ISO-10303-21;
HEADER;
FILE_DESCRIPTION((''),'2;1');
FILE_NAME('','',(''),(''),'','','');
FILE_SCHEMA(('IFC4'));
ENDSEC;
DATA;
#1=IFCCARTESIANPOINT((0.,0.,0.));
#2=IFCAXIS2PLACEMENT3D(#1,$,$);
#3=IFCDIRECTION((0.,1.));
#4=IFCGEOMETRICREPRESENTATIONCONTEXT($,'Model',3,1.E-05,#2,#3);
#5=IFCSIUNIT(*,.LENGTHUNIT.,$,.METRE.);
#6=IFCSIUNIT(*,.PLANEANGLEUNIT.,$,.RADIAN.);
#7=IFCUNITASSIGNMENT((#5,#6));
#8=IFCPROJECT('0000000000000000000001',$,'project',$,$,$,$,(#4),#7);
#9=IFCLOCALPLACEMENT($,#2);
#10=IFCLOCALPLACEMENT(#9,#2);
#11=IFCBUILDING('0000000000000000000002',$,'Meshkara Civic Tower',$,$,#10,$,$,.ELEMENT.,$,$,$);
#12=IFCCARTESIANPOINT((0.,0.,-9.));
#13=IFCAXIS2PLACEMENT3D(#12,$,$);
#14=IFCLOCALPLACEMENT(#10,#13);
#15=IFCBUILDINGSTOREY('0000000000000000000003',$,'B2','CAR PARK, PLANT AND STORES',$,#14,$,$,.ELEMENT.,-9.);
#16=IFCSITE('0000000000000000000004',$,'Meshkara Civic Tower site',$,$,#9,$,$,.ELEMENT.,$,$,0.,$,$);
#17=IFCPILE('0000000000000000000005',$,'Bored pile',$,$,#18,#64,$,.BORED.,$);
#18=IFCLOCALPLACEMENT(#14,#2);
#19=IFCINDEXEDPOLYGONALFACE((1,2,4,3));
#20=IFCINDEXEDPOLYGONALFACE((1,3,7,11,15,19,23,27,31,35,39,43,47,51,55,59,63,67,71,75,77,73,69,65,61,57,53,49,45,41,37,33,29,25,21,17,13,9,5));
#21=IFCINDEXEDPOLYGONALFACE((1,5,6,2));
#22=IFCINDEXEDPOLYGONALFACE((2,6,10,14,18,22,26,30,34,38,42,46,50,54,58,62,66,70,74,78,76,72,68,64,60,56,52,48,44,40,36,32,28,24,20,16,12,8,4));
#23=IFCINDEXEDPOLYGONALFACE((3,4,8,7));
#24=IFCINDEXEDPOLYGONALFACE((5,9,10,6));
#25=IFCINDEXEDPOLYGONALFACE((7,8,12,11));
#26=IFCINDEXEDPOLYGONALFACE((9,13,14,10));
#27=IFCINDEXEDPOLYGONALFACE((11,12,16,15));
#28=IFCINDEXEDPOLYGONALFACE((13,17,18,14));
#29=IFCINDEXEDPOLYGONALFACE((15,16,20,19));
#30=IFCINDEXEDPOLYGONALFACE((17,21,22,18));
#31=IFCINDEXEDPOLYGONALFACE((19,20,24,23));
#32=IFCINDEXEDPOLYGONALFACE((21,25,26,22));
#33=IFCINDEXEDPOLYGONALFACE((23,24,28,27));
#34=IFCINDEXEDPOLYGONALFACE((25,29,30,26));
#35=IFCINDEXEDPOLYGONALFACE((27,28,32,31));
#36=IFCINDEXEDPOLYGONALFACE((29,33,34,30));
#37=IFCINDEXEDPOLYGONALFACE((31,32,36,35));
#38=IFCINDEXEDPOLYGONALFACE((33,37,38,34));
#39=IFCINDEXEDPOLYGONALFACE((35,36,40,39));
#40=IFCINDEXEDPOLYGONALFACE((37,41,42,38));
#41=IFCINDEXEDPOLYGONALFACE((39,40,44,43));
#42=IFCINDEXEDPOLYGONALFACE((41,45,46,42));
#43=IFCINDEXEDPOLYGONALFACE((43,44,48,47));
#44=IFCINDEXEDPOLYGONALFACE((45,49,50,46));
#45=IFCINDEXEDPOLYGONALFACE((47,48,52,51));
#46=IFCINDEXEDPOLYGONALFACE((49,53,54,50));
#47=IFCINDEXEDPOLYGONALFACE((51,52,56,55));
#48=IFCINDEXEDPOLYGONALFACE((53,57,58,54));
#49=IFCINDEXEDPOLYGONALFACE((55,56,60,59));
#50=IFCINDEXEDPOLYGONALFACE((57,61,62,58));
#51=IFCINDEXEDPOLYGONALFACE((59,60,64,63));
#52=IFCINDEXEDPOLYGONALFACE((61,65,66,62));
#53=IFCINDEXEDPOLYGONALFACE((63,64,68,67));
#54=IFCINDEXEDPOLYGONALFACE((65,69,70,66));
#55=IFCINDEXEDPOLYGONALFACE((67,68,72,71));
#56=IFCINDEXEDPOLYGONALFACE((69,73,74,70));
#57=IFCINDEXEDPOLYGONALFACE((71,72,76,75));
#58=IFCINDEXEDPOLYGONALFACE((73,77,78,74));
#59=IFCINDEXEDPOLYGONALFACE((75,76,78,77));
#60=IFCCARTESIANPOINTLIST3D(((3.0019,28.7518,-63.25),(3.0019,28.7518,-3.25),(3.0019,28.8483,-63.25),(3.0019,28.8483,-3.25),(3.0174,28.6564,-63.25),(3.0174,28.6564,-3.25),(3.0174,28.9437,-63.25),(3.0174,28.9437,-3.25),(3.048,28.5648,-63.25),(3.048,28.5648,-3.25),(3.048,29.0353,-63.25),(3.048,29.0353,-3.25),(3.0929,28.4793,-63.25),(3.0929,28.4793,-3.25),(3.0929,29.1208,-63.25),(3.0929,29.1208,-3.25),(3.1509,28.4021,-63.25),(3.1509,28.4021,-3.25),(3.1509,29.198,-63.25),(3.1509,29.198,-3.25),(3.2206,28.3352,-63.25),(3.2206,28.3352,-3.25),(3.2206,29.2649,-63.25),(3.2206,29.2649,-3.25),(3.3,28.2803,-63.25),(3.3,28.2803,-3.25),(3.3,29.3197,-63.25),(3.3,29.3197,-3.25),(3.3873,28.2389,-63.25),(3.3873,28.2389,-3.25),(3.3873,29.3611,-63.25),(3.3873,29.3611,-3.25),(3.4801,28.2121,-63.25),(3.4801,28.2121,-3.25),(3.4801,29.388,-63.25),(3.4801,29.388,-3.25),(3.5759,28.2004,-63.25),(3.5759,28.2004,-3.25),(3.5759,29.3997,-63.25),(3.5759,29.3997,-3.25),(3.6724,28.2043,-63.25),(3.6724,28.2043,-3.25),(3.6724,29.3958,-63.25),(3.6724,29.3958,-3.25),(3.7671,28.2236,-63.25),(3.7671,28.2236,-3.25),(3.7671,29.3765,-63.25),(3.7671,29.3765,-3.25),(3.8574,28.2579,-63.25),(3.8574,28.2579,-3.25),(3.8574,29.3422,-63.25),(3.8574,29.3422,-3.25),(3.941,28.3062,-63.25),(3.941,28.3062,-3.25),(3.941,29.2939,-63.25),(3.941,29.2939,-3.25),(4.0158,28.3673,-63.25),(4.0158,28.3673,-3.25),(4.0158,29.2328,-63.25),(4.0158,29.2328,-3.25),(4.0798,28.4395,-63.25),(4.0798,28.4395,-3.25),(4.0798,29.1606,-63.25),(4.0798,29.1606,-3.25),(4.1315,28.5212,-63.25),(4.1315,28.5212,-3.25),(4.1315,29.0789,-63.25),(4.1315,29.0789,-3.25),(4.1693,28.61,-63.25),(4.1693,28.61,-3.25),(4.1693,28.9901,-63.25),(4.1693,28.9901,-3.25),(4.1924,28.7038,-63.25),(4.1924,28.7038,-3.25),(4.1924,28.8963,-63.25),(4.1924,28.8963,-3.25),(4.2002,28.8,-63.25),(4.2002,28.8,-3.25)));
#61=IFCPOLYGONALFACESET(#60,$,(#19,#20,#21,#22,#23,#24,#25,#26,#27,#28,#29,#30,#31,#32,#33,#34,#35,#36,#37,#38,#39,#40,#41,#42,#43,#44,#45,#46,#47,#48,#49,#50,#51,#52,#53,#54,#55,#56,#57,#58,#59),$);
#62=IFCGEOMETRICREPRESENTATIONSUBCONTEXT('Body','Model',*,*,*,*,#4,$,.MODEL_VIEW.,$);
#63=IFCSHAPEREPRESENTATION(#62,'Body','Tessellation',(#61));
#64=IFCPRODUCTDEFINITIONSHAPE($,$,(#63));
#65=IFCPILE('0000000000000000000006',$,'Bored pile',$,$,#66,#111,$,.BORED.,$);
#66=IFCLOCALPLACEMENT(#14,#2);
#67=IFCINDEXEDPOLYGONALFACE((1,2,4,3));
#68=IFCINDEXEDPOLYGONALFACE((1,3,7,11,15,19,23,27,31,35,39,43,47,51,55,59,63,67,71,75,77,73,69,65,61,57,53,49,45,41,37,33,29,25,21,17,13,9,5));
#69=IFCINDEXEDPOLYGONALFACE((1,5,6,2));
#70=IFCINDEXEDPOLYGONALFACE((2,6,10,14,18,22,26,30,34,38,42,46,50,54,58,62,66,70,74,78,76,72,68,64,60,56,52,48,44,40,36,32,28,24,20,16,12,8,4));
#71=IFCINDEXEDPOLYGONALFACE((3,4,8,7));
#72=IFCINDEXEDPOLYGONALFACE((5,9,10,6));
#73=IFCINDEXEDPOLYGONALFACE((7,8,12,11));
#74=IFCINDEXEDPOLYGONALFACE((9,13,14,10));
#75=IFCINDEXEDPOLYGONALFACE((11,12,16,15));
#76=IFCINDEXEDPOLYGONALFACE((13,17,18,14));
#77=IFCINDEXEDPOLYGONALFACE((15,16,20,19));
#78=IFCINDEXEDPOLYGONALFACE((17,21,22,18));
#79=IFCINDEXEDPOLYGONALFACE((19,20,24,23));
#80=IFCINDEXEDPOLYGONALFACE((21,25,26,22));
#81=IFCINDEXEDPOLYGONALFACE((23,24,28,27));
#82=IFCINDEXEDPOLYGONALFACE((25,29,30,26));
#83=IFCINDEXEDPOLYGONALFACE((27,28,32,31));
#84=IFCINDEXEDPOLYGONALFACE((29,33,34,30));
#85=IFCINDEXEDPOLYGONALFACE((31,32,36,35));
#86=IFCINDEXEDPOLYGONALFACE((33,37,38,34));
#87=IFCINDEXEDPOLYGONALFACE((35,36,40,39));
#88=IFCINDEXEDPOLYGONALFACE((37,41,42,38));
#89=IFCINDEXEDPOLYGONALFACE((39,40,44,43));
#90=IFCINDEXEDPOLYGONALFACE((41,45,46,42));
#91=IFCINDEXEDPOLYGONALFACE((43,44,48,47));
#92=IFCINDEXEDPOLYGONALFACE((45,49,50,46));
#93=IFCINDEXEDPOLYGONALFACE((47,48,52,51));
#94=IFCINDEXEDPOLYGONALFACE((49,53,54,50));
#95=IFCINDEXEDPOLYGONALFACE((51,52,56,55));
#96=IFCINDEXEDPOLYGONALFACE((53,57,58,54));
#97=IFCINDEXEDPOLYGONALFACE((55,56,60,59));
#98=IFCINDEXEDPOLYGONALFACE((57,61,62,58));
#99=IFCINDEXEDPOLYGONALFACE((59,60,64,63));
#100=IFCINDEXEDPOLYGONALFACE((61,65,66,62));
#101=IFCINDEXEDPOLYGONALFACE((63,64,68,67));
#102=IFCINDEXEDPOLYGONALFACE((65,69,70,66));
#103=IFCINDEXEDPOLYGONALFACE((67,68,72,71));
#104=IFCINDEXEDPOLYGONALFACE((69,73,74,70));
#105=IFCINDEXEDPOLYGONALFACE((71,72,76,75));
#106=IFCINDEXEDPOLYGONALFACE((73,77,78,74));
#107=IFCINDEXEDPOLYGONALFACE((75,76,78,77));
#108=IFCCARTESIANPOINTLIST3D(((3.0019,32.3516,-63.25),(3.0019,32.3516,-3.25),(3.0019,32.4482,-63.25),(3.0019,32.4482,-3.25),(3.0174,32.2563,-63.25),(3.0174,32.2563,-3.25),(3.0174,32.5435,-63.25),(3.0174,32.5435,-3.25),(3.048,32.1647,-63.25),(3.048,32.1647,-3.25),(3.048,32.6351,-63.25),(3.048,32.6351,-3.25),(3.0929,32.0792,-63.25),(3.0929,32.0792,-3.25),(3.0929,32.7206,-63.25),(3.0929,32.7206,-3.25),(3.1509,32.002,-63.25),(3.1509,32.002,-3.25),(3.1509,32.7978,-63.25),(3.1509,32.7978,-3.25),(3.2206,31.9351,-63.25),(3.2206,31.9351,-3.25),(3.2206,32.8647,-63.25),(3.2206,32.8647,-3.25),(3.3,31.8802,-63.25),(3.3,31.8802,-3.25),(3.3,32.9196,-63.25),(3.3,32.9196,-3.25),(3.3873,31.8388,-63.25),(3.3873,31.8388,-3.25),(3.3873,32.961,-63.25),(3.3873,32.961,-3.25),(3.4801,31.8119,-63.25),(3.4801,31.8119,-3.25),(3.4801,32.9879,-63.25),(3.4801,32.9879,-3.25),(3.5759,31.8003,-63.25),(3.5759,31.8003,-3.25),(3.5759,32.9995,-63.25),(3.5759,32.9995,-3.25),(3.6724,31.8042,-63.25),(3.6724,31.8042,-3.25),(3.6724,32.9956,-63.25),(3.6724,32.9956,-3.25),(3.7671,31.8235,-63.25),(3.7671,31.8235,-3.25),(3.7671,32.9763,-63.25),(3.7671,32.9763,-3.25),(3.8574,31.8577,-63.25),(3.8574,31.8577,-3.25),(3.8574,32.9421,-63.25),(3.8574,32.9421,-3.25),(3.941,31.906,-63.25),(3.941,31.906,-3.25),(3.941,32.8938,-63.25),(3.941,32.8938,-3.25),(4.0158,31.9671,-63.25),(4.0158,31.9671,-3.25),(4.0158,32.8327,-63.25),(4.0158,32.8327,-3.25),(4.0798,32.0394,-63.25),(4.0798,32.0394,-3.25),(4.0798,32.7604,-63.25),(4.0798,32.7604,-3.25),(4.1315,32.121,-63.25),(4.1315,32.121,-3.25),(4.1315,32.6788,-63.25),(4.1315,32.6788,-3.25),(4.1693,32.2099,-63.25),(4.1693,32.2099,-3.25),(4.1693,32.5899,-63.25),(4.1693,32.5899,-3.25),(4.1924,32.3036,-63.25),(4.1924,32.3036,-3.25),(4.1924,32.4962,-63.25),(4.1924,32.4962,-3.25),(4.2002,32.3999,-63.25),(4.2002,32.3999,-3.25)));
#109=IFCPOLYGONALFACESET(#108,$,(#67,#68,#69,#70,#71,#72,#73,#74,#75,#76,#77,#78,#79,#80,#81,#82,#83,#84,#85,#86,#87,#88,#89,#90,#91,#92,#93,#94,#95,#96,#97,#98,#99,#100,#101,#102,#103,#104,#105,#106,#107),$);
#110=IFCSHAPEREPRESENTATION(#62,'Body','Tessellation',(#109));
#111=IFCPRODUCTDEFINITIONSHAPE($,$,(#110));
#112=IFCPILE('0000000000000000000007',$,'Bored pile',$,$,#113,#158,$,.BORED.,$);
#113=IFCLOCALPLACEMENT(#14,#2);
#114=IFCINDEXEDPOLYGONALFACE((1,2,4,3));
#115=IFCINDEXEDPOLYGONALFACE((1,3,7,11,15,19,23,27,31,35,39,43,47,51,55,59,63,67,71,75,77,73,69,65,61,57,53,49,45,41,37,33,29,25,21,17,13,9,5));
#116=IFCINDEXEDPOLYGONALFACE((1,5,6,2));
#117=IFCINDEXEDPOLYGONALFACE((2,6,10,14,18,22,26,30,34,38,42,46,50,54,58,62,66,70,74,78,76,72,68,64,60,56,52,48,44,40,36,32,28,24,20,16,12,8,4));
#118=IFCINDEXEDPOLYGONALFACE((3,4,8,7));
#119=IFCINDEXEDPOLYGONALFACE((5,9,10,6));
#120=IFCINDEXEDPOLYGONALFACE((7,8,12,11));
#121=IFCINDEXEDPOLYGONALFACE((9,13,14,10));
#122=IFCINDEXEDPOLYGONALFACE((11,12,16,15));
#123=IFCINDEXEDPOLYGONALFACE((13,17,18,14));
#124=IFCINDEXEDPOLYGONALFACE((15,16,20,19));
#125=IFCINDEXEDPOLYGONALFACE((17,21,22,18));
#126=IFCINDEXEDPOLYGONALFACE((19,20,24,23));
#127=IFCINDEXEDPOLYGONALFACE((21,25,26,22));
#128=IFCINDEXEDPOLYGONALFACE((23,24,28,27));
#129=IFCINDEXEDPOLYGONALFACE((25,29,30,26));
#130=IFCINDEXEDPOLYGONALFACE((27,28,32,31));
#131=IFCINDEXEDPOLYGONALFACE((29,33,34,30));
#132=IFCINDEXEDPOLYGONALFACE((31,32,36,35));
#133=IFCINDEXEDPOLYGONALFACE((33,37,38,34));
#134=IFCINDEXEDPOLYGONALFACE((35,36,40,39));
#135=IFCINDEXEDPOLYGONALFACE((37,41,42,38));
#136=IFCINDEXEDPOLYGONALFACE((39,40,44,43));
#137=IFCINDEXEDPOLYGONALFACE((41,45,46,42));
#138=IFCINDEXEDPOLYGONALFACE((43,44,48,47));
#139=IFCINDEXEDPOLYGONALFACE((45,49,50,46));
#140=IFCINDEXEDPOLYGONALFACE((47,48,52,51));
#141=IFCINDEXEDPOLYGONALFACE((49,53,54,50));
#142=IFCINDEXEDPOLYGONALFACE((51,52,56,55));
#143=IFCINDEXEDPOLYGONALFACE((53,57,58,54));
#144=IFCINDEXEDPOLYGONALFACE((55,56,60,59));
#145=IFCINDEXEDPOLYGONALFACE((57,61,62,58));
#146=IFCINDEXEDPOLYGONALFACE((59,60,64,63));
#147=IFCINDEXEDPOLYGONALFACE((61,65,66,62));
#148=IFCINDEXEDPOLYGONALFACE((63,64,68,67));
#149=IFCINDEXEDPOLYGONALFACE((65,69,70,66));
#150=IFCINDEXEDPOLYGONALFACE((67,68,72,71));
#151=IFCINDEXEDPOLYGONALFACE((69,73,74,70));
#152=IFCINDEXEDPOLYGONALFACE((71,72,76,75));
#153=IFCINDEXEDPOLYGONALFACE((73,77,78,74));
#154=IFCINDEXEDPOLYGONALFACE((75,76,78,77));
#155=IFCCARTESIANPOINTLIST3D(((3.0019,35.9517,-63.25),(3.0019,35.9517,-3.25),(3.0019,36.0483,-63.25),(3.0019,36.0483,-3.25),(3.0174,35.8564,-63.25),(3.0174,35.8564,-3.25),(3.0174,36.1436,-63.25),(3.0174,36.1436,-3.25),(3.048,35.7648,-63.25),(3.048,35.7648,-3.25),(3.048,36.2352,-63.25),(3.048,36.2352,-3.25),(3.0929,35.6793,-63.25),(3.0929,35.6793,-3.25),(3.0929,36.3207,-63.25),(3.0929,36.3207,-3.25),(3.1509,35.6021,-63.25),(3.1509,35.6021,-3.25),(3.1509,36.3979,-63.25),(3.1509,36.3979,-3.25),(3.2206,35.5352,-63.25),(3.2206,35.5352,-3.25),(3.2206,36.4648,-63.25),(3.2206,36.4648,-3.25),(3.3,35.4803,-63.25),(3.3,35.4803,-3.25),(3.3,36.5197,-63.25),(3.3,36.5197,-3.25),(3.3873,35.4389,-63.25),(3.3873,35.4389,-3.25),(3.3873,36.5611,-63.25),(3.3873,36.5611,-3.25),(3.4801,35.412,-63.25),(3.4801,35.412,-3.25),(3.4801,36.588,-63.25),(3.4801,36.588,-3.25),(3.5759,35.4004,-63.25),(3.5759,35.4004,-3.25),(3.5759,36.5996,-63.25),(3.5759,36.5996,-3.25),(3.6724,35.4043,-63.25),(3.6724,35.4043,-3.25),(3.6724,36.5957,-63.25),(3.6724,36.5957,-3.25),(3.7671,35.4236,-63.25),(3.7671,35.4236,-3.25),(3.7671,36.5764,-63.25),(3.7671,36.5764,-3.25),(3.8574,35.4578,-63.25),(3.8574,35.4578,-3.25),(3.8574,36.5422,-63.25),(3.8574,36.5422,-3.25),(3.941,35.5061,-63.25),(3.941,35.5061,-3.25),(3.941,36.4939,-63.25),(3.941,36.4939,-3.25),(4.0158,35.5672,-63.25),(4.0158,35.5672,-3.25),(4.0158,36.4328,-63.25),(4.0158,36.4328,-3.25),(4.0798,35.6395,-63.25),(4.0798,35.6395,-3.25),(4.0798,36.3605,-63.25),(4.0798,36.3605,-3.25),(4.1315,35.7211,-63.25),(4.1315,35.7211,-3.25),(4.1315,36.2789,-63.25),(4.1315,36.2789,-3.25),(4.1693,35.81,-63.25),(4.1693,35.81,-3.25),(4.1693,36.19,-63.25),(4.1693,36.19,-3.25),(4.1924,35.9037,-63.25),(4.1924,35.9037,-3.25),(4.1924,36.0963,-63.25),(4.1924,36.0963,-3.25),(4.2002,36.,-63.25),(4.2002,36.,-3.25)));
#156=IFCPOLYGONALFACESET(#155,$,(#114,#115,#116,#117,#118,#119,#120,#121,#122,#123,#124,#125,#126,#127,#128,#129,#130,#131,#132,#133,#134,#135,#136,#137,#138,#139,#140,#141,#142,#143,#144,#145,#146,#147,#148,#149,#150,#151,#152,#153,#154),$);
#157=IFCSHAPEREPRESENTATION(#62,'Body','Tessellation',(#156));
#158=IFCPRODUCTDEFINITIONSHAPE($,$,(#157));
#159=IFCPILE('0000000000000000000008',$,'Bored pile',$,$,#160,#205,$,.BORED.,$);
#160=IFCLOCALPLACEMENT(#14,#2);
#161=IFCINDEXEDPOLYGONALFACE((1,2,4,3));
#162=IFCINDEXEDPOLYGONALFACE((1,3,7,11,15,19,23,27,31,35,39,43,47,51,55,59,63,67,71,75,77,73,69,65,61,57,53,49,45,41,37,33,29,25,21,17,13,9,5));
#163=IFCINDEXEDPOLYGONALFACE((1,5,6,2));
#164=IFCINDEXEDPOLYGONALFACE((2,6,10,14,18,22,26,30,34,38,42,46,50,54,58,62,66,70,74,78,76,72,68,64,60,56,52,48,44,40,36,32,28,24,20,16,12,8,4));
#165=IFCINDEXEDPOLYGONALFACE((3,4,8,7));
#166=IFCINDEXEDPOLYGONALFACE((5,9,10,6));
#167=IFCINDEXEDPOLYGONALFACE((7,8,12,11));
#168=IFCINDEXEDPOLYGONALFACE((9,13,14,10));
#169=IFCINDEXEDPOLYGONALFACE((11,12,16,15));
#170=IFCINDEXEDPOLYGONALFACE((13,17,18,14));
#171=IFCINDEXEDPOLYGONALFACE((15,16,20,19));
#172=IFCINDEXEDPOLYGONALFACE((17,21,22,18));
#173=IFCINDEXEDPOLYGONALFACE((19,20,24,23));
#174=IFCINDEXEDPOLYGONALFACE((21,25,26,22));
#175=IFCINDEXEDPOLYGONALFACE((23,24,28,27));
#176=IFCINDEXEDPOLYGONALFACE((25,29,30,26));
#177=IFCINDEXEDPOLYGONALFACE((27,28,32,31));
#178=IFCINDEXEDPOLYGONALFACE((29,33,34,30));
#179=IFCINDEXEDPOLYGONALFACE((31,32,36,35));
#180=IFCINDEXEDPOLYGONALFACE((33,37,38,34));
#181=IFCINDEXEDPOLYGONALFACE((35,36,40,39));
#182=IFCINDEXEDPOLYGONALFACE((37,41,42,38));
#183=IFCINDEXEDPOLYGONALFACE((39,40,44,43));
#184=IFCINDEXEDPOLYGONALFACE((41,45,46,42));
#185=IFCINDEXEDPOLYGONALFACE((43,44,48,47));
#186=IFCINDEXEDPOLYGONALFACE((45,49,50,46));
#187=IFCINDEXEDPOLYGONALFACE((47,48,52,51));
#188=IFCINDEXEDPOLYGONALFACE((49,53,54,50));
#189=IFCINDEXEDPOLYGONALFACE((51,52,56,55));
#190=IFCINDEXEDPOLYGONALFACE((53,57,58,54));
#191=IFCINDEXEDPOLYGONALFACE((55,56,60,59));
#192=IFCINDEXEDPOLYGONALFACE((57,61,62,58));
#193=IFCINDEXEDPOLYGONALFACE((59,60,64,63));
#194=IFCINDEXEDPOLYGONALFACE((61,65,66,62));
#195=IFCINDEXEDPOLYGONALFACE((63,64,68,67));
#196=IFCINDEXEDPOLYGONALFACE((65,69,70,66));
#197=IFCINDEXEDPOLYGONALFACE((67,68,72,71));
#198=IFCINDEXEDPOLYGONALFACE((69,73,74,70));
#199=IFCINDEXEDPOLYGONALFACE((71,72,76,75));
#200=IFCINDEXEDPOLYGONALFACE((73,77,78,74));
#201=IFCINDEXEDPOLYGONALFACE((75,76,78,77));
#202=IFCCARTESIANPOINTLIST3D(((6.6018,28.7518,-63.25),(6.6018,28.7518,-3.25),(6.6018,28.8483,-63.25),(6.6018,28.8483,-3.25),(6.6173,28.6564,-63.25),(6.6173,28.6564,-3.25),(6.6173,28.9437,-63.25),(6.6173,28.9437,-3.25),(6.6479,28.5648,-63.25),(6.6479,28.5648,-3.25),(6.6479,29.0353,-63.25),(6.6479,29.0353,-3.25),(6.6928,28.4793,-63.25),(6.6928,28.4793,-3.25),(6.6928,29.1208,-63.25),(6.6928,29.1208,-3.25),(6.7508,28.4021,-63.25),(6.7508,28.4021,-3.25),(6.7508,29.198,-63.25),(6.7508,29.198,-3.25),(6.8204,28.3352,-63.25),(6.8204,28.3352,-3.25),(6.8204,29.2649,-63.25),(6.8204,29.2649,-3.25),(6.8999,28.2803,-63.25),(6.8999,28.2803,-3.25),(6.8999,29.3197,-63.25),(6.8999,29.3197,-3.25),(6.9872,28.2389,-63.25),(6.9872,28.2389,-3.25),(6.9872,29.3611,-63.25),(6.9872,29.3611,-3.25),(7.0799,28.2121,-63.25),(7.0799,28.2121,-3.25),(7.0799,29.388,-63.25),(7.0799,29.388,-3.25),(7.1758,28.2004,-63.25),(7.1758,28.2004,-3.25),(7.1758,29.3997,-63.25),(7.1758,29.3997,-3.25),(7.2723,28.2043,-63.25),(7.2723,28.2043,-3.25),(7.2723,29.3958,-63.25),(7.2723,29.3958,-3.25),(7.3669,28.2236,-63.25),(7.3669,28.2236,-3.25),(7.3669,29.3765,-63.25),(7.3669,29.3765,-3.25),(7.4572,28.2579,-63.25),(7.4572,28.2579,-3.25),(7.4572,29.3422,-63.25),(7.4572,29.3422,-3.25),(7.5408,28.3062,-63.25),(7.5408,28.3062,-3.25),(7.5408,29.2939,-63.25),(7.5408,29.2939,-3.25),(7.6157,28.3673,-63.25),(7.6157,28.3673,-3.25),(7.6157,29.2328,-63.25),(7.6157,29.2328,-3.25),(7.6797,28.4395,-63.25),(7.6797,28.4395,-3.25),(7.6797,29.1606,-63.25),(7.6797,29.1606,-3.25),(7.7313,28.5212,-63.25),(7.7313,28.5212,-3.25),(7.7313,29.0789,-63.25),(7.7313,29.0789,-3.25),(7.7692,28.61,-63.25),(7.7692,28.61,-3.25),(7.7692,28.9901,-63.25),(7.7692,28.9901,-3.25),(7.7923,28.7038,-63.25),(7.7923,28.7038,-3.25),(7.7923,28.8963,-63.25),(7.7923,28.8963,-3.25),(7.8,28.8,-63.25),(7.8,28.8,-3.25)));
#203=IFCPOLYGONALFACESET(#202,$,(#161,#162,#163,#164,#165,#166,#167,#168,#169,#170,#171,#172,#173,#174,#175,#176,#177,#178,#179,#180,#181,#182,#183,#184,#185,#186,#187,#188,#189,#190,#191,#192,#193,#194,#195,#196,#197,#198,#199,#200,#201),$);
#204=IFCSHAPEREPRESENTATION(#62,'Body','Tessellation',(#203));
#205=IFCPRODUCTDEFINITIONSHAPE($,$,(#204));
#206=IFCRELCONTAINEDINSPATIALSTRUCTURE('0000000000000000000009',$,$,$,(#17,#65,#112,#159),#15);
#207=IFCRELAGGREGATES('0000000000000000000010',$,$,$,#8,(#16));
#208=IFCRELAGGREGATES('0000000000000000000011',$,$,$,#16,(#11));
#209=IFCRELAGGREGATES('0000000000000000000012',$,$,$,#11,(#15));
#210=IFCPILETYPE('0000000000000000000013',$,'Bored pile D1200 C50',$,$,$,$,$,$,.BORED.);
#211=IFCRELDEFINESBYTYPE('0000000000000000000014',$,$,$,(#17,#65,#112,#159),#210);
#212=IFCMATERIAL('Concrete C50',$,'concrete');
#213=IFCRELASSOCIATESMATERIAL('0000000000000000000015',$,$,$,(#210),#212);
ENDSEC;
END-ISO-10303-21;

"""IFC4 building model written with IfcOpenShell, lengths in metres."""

from ifc_helpers import new_model, si_unit, direction, frame, origin, origin_2d, place, context, subcontext, project, spatial, circle, extrude, material, material_profile, profile_set, type_object, element, save


model = new_model("IFC4")

# Units and contexts
model_context = context("Model", 3, precision=1e-05, world=origin(), true_north=direction((0.0, 1.0)))
body_context = subcontext(model_context, "Body", "Model", "MODEL_VIEW")
ifc_project = project(units=[si_unit("LENGTHUNIT", "METRE"), si_unit("PLANEANGLEUNIT", "RADIAN")], contexts=[model_context])

# Site, building, storey
site_placement = place(None, origin())
site = spatial("IfcSite", under=ifc_project, at=site_placement, Name="Meshkara Civic Tower site", CompositionType="ELEMENT", RefElevation=0.0)
building_placement = place(site_placement, origin())
building = spatial("IfcBuilding", under=site, at=building_placement, Name="Meshkara Civic Tower", CompositionType="ELEMENT")
storey_placement = place(building_placement, frame((0.0, 0.0, -9.0)))
storey = spatial("IfcBuildingStorey", under=building, at=storey_placement, Name="B2", Description="CAR PARK, PLANT AND STORES", CompositionType="ELEMENT", Elevation=-9.0)

# Piles
ifc_material_1 = material(Name="Concrete C50", Category="concrete")
ifc_material_profile_1 = material_profile(ifc_material_1, circle(Radius=0.6001, at=origin_2d()))
ifc_profile_set_1 = profile_set([ifc_material_profile_1], Name="Concrete C50")
pile_type = type_object("IfcPileType", Name="Bored pile D1200 C50", PredefinedType="BORED", material=ifc_profile_set_1)
for number, where, z_axis, x_axis, name in (
    (1, (3.6001, 28.8, -3.25), (0.0, 0.0, -1.0), (1.0, 0.0, 0.0), "Bored pile"),
    (2, (3.6001, 32.3999, -3.25), (0.0, 0.0, -1.0), (1.0, 0.0, 0.0), "Bored pile"),
    (3, (3.6001, 36.0, -3.25), (0.0, 0.0, -1.0), (1.0, 0.0, 0.0), "Bored pile"),
    (4, (7.2, 28.8, -3.25), (0.0, 0.0, -1.0), (1.0, 0.0, 0.0), "Bored pile"),
):
    element("IfcPile", number, at=place(storey_placement, frame(where, z_axis=z_axis, x_axis=x_axis)), inside=storey, type_object=pile_type, Name=name, PredefinedType="BORED", context=body_context, shape_type="SweptSolid", body=[
        extrude(circle(Radius=0.6001, at=origin_2d()), origin(), (0.0, 0.0, 1.0), 60.0),
    ])

save(model, "model.ifc")
